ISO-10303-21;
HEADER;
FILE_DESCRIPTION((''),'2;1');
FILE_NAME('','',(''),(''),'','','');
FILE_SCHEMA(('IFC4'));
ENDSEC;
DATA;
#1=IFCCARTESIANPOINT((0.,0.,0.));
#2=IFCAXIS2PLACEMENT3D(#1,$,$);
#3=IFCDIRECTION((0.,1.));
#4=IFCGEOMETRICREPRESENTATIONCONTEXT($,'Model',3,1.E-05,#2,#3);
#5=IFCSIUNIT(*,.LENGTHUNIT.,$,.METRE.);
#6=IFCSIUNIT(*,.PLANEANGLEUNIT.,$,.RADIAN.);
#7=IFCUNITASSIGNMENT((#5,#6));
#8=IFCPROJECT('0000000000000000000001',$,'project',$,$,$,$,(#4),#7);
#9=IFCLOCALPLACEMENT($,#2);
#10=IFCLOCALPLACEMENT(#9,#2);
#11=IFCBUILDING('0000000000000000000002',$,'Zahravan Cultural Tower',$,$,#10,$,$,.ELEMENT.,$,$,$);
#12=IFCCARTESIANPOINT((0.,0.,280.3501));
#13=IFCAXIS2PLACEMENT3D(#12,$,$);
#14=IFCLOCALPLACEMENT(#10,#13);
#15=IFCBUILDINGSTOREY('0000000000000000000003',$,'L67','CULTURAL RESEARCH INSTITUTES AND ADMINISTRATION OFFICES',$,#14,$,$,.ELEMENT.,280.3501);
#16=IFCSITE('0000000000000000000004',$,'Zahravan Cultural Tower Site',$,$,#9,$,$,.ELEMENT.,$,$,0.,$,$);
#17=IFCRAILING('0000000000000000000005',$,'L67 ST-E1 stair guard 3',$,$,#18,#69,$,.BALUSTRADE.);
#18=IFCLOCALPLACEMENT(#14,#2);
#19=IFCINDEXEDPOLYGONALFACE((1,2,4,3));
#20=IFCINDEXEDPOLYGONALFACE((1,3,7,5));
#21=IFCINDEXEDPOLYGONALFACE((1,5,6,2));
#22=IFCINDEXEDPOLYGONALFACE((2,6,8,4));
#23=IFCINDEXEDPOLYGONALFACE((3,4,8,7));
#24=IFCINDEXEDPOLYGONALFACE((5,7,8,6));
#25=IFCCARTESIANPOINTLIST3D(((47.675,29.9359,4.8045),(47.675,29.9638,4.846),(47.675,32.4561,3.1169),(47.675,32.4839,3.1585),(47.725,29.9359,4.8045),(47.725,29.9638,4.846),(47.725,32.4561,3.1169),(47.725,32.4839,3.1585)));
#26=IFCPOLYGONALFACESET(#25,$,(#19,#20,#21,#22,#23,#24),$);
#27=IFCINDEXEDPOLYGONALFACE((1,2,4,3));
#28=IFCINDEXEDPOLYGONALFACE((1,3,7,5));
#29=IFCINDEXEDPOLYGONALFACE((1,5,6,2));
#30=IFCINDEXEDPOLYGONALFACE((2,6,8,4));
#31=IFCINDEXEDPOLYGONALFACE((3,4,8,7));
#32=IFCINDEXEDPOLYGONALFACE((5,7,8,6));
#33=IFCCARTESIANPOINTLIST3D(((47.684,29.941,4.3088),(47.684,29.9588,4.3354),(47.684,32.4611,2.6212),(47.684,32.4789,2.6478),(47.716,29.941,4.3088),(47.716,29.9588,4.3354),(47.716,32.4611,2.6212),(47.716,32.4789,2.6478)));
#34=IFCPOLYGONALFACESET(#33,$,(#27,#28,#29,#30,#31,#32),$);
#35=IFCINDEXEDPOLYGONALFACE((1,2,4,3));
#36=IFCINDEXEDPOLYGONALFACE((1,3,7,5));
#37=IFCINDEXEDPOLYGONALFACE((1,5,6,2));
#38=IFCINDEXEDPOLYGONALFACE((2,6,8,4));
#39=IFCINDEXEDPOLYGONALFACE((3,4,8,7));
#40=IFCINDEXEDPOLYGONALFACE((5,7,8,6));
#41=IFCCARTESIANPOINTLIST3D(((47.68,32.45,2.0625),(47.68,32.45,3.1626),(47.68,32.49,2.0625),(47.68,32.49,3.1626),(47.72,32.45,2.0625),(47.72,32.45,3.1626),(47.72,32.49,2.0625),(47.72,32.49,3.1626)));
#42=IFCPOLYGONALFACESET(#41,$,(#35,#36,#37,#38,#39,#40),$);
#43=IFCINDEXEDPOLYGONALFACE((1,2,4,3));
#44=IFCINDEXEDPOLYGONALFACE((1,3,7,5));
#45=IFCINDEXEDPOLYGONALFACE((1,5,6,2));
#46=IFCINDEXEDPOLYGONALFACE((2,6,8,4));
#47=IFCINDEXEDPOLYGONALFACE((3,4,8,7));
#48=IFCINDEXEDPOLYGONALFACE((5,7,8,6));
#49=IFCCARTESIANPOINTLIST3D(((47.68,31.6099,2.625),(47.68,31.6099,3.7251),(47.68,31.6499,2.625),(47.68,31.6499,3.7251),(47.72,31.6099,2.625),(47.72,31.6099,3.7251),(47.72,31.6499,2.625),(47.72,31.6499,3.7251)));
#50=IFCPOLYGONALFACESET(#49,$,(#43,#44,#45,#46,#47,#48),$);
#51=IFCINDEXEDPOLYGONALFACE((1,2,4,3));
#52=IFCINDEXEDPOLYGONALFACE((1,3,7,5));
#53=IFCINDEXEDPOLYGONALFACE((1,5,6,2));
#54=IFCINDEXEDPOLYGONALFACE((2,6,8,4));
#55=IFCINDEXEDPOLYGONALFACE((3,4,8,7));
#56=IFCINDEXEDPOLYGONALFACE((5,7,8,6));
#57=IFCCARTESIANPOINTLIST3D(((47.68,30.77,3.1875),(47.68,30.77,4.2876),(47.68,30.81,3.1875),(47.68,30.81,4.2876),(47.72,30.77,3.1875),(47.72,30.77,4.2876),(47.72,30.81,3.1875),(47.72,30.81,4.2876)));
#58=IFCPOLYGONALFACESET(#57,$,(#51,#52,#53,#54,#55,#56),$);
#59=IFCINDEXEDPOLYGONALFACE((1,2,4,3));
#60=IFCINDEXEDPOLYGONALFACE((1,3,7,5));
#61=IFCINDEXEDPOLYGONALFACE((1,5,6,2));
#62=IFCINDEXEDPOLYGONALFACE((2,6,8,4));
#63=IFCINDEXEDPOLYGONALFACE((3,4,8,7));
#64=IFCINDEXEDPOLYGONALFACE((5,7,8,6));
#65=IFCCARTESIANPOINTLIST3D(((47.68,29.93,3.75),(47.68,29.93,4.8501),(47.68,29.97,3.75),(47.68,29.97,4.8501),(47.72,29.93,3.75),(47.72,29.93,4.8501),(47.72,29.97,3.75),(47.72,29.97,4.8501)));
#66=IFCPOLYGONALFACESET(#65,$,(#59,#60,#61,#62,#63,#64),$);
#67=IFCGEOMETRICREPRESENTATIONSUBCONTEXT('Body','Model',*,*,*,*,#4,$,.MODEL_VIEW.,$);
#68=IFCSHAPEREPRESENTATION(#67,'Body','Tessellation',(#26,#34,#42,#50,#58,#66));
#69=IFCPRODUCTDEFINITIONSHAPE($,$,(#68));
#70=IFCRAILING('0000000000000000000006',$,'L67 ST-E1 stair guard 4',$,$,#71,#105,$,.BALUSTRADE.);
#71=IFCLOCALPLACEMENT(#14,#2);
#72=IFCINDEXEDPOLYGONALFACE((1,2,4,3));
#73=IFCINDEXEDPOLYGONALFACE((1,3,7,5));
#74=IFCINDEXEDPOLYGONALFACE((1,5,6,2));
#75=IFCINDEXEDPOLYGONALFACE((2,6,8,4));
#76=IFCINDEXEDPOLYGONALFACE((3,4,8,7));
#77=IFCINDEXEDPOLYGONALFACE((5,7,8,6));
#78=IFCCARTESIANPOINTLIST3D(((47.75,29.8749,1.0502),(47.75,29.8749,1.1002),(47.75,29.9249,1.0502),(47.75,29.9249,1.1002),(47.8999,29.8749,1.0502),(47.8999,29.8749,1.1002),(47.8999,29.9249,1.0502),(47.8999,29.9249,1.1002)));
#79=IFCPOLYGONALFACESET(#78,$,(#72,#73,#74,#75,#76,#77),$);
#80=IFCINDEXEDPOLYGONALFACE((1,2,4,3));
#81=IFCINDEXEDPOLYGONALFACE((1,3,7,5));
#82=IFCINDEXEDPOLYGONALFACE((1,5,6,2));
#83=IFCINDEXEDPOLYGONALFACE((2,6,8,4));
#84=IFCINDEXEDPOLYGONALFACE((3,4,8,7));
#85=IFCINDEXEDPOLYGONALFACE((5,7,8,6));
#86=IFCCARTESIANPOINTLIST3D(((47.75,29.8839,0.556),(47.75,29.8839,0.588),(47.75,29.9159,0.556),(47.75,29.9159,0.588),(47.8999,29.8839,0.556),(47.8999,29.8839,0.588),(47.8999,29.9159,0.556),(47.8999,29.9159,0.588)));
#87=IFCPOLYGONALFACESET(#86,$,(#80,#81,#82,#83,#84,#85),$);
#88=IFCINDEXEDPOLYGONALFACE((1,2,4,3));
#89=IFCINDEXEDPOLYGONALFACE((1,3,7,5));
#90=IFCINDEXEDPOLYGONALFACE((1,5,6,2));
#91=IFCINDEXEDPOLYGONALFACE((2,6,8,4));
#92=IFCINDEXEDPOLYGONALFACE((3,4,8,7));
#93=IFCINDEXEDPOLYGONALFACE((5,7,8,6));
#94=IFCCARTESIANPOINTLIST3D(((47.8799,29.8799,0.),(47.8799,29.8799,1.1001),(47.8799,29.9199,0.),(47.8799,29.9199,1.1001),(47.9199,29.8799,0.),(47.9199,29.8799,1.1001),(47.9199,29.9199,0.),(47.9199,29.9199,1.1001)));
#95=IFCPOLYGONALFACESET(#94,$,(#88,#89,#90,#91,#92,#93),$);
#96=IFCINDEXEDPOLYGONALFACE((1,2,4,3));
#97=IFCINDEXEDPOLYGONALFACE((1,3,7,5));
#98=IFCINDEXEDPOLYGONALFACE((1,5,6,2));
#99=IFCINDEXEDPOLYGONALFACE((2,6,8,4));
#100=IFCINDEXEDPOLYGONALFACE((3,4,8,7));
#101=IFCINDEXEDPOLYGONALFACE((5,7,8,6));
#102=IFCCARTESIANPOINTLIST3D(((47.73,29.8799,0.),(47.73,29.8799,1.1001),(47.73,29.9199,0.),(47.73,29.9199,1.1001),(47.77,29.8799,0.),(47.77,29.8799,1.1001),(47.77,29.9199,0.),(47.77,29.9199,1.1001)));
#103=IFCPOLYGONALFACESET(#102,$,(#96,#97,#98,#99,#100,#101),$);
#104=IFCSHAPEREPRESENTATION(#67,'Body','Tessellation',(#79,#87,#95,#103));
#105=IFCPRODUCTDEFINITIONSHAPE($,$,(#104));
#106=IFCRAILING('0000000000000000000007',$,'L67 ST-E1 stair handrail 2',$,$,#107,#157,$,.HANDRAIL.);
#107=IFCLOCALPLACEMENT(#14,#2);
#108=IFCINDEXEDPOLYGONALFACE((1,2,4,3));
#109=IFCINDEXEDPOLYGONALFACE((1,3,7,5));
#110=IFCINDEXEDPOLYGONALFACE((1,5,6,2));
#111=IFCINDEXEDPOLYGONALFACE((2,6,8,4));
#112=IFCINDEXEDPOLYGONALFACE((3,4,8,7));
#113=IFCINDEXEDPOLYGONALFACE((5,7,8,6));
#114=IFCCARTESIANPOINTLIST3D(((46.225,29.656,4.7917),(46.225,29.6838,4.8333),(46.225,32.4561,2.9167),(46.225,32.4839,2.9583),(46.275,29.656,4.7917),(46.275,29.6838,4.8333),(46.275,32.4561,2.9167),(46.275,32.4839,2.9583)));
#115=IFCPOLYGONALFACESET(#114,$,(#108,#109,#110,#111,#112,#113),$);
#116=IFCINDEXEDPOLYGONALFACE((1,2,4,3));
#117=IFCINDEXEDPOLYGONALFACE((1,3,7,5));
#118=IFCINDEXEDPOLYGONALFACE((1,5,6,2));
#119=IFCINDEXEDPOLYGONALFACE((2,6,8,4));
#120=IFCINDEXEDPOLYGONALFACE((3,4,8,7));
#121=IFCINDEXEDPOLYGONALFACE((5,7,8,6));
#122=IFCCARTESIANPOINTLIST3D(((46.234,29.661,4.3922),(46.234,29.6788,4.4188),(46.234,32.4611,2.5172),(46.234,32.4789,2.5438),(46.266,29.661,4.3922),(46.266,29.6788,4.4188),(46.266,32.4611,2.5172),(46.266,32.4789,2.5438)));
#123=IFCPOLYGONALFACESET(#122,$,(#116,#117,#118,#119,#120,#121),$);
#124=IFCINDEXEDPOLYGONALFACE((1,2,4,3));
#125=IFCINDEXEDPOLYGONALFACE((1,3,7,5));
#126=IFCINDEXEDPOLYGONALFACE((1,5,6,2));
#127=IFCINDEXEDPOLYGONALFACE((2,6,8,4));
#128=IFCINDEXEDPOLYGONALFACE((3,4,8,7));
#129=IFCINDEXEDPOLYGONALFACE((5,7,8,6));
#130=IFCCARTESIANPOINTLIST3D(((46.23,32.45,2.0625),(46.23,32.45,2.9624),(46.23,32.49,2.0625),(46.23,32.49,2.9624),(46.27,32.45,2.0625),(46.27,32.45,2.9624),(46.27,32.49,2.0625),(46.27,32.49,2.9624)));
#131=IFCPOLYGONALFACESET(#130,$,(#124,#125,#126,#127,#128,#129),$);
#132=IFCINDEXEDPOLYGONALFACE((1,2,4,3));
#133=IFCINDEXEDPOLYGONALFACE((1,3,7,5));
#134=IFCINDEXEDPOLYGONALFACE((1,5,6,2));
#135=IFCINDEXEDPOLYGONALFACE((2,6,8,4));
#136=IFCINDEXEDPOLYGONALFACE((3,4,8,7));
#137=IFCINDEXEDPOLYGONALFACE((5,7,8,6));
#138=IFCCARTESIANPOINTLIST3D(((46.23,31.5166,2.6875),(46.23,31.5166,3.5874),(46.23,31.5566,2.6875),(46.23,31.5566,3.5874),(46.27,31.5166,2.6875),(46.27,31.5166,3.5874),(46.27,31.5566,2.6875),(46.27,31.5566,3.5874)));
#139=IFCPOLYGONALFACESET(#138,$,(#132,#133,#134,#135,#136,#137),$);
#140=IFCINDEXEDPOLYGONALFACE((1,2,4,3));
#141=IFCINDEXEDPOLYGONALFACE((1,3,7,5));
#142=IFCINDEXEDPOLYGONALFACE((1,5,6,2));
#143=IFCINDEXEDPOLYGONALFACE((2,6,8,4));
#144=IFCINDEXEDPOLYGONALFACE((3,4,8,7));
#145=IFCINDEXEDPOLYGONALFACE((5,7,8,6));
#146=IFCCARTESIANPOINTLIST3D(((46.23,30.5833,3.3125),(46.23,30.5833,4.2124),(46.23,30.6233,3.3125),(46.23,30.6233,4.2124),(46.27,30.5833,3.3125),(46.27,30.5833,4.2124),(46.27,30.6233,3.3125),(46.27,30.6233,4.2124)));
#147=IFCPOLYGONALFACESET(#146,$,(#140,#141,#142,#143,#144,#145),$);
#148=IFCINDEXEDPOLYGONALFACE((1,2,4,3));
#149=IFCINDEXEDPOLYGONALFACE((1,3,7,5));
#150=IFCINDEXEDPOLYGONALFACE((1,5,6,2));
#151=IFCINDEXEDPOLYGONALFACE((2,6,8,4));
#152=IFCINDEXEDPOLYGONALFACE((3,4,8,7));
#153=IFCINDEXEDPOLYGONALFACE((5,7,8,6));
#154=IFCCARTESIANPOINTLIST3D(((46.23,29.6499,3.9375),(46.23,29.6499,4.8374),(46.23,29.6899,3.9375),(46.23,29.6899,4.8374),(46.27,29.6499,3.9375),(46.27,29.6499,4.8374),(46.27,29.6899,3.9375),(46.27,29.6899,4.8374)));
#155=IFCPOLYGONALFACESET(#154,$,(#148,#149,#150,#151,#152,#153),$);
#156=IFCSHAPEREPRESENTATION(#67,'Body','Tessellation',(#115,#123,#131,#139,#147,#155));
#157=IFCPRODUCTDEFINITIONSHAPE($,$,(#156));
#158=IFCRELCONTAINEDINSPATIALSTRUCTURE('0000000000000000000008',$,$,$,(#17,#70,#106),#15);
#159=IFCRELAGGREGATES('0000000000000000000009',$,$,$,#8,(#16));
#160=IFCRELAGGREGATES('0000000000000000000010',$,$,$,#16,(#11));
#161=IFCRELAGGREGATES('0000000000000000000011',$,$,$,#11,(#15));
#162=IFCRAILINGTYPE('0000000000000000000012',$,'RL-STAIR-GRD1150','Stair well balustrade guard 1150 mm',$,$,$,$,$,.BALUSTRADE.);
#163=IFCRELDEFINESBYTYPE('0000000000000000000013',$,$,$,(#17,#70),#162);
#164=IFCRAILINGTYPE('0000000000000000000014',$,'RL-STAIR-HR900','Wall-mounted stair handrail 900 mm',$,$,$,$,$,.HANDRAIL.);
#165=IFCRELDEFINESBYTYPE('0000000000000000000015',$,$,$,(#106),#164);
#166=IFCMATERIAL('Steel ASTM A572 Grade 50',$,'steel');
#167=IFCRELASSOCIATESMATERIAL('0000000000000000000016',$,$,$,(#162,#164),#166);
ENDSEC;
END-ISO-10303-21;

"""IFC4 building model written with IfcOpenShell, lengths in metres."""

from ifc_helpers import new_model, si_unit, direction, frame, origin, origin_2d, place, context, subcontext, project, spatial, rectangle, extrude, material, type_object, element, save


model = new_model("IFC4")

# Units and contexts
model_context = context("Model", 3, precision=1e-05, world=origin(), true_north=direction((0.0, 1.0)))
body_context = subcontext(model_context, "Body", "Model", "MODEL_VIEW")
ifc_project = project(units=[si_unit("LENGTHUNIT", "METRE"), si_unit("PLANEANGLEUNIT", "RADIAN")], contexts=[model_context])

# Site, building, storey
site_placement = place(None, origin())
site = spatial("IfcSite", under=ifc_project, at=site_placement, Name="Zahravan Cultural Tower Site", CompositionType="ELEMENT", RefElevation=0.0)
building_placement = place(site_placement, origin())
building = spatial("IfcBuilding", under=site, at=building_placement, Name="Zahravan Cultural Tower", CompositionType="ELEMENT")
storey_placement = place(building_placement, frame((0.0, 0.0, 280.3501)))
storey = spatial("IfcBuildingStorey", under=building, at=storey_placement, Name="L67", Description="CULTURAL RESEARCH INSTITUTES AND ADMINISTRATION OFFICES", CompositionType="ELEMENT", Elevation=280.3501)

# Shared definitions
ifc_material_1 = material(Name="Steel ASTM A572 Grade 50", Category="steel")

# Railings
railing_type_1 = type_object("IfcRailingType", Name="RL-STAIR-GRD1150", Description="Stair well balustrade guard 1150 mm", PredefinedType="BALUSTRADE", material=ifc_material_1)
railing_1_placement = place(storey_placement, frame((47.7, 32.47, 2.0625)))
element("IfcRailing", 1, at=railing_1_placement, inside=storey, type_object=railing_type_1, Name="L67 ST-E1 stair guard 3", PredefinedType="BALUSTRADE", context=body_context, shape_type="SweptSolid", body=[
    extrude(rectangle(XDim=0.05, YDim=0.05, at=origin_2d()), frame((0.0, 0.0, 1.0752), z_axis=(0.0, -0.830909, 0.556408), x_axis=(1.0, 0.0, 0.0)), (0.0, 0.0, 1.0), 3.033),
    extrude(rectangle(XDim=0.032, YDim=0.032, at=origin_2d()), frame((0.0, 0.0, 0.572), z_axis=(0.0, -0.830909, 0.556408), x_axis=(1.0, 0.0, 0.0)), (0.0, 0.0, 1.0), 3.033),
    extrude(rectangle(XDim=0.04, YDim=0.04, at=origin_2d()), origin(), (0.0, 0.0, 1.0), 1.1001),
    extrude(rectangle(XDim=0.04, YDim=0.04, at=origin_2d()), frame((0.0, -0.8401, 0.5625)), (0.0, 0.0, 1.0), 1.1001),
    extrude(rectangle(XDim=0.04, YDim=0.04, at=origin_2d()), frame((0.0, -1.6799, 1.125)), (0.0, 0.0, 1.0), 1.1001),
    extrude(rectangle(XDim=0.04, YDim=0.04, at=origin_2d()), frame((0.0, -2.52, 1.6875)), (0.0, 0.0, 1.0), 1.1001),
])
railing_2_placement = place(storey_placement, frame((47.8999, 29.8999, 0.0)))
element("IfcRailing", 2, at=railing_2_placement, inside=storey, type_object=railing_type_1, Name="L67 ST-E1 stair guard 4", PredefinedType="BALUSTRADE", context=body_context, shape_type="SweptSolid", body=[
    extrude(rectangle(XDim=0.05, YDim=0.05, at=origin_2d()), frame((0.0, 0.0, 1.0752), z_axis=(-1.0, 0.0, 0.0), x_axis=(0.0, -1.0, 0.0)), (0.0, 0.0, 1.0), 0.1499),
    extrude(rectangle(XDim=0.032, YDim=0.032, at=origin_2d()), frame((0.0, 0.0, 0.572), z_axis=(-1.0, 0.0, 0.0), x_axis=(0.0, -1.0, 0.0)), (0.0, 0.0, 1.0), 0.1499),
    extrude(rectangle(XDim=0.04, YDim=0.04, at=origin_2d()), origin(), (0.0, 0.0, 1.0), 1.1001),
    extrude(rectangle(XDim=0.04, YDim=0.04, at=origin_2d()), frame((-0.1499, 0.0, 0.0)), (0.0, 0.0, 1.0), 1.1001),
])
railing_type_2 = type_object("IfcRailingType", Name="RL-STAIR-HR900", Description="Wall-mounted stair handrail 900 mm", PredefinedType="HANDRAIL", material=ifc_material_1)
railing_3_placement = place(storey_placement, frame((46.25, 32.47, 2.0625)))
element("IfcRailing", 3, at=railing_3_placement, inside=storey, type_object=railing_type_2, Name="L67 ST-E1 stair handrail 2", PredefinedType="HANDRAIL", context=body_context, shape_type="SweptSolid", body=[
    extrude(rectangle(XDim=0.05, YDim=0.05, at=origin_2d()), frame((0.0, 0.0, 0.875), z_axis=(0.0, -0.830912, 0.556404), x_axis=(1.0, 0.0, 0.0)), (0.0, 0.0, 1.0), 3.3699),
    extrude(rectangle(XDim=0.032, YDim=0.032, at=origin_2d()), frame((0.0, 0.0, 0.468), z_axis=(0.0, -0.830912, 0.556404), x_axis=(1.0, 0.0, 0.0)), (0.0, 0.0, 1.0), 3.3699),
    extrude(rectangle(XDim=0.04, YDim=0.04, at=origin_2d()), origin(), (0.0, 0.0, 1.0), 0.8999),
    extrude(rectangle(XDim=0.04, YDim=0.04, at=origin_2d()), frame((0.0, -0.9333, 0.625)), (0.0, 0.0, 1.0), 0.8999),
    extrude(rectangle(XDim=0.04, YDim=0.04, at=origin_2d()), frame((0.0, -1.8667, 1.25)), (0.0, 0.0, 1.0), 0.8999),
    extrude(rectangle(XDim=0.04, YDim=0.04, at=origin_2d()), frame((0.0, -2.8, 1.875)), (0.0, 0.0, 1.0), 0.8999),
])

save(model, "model.ifc")
